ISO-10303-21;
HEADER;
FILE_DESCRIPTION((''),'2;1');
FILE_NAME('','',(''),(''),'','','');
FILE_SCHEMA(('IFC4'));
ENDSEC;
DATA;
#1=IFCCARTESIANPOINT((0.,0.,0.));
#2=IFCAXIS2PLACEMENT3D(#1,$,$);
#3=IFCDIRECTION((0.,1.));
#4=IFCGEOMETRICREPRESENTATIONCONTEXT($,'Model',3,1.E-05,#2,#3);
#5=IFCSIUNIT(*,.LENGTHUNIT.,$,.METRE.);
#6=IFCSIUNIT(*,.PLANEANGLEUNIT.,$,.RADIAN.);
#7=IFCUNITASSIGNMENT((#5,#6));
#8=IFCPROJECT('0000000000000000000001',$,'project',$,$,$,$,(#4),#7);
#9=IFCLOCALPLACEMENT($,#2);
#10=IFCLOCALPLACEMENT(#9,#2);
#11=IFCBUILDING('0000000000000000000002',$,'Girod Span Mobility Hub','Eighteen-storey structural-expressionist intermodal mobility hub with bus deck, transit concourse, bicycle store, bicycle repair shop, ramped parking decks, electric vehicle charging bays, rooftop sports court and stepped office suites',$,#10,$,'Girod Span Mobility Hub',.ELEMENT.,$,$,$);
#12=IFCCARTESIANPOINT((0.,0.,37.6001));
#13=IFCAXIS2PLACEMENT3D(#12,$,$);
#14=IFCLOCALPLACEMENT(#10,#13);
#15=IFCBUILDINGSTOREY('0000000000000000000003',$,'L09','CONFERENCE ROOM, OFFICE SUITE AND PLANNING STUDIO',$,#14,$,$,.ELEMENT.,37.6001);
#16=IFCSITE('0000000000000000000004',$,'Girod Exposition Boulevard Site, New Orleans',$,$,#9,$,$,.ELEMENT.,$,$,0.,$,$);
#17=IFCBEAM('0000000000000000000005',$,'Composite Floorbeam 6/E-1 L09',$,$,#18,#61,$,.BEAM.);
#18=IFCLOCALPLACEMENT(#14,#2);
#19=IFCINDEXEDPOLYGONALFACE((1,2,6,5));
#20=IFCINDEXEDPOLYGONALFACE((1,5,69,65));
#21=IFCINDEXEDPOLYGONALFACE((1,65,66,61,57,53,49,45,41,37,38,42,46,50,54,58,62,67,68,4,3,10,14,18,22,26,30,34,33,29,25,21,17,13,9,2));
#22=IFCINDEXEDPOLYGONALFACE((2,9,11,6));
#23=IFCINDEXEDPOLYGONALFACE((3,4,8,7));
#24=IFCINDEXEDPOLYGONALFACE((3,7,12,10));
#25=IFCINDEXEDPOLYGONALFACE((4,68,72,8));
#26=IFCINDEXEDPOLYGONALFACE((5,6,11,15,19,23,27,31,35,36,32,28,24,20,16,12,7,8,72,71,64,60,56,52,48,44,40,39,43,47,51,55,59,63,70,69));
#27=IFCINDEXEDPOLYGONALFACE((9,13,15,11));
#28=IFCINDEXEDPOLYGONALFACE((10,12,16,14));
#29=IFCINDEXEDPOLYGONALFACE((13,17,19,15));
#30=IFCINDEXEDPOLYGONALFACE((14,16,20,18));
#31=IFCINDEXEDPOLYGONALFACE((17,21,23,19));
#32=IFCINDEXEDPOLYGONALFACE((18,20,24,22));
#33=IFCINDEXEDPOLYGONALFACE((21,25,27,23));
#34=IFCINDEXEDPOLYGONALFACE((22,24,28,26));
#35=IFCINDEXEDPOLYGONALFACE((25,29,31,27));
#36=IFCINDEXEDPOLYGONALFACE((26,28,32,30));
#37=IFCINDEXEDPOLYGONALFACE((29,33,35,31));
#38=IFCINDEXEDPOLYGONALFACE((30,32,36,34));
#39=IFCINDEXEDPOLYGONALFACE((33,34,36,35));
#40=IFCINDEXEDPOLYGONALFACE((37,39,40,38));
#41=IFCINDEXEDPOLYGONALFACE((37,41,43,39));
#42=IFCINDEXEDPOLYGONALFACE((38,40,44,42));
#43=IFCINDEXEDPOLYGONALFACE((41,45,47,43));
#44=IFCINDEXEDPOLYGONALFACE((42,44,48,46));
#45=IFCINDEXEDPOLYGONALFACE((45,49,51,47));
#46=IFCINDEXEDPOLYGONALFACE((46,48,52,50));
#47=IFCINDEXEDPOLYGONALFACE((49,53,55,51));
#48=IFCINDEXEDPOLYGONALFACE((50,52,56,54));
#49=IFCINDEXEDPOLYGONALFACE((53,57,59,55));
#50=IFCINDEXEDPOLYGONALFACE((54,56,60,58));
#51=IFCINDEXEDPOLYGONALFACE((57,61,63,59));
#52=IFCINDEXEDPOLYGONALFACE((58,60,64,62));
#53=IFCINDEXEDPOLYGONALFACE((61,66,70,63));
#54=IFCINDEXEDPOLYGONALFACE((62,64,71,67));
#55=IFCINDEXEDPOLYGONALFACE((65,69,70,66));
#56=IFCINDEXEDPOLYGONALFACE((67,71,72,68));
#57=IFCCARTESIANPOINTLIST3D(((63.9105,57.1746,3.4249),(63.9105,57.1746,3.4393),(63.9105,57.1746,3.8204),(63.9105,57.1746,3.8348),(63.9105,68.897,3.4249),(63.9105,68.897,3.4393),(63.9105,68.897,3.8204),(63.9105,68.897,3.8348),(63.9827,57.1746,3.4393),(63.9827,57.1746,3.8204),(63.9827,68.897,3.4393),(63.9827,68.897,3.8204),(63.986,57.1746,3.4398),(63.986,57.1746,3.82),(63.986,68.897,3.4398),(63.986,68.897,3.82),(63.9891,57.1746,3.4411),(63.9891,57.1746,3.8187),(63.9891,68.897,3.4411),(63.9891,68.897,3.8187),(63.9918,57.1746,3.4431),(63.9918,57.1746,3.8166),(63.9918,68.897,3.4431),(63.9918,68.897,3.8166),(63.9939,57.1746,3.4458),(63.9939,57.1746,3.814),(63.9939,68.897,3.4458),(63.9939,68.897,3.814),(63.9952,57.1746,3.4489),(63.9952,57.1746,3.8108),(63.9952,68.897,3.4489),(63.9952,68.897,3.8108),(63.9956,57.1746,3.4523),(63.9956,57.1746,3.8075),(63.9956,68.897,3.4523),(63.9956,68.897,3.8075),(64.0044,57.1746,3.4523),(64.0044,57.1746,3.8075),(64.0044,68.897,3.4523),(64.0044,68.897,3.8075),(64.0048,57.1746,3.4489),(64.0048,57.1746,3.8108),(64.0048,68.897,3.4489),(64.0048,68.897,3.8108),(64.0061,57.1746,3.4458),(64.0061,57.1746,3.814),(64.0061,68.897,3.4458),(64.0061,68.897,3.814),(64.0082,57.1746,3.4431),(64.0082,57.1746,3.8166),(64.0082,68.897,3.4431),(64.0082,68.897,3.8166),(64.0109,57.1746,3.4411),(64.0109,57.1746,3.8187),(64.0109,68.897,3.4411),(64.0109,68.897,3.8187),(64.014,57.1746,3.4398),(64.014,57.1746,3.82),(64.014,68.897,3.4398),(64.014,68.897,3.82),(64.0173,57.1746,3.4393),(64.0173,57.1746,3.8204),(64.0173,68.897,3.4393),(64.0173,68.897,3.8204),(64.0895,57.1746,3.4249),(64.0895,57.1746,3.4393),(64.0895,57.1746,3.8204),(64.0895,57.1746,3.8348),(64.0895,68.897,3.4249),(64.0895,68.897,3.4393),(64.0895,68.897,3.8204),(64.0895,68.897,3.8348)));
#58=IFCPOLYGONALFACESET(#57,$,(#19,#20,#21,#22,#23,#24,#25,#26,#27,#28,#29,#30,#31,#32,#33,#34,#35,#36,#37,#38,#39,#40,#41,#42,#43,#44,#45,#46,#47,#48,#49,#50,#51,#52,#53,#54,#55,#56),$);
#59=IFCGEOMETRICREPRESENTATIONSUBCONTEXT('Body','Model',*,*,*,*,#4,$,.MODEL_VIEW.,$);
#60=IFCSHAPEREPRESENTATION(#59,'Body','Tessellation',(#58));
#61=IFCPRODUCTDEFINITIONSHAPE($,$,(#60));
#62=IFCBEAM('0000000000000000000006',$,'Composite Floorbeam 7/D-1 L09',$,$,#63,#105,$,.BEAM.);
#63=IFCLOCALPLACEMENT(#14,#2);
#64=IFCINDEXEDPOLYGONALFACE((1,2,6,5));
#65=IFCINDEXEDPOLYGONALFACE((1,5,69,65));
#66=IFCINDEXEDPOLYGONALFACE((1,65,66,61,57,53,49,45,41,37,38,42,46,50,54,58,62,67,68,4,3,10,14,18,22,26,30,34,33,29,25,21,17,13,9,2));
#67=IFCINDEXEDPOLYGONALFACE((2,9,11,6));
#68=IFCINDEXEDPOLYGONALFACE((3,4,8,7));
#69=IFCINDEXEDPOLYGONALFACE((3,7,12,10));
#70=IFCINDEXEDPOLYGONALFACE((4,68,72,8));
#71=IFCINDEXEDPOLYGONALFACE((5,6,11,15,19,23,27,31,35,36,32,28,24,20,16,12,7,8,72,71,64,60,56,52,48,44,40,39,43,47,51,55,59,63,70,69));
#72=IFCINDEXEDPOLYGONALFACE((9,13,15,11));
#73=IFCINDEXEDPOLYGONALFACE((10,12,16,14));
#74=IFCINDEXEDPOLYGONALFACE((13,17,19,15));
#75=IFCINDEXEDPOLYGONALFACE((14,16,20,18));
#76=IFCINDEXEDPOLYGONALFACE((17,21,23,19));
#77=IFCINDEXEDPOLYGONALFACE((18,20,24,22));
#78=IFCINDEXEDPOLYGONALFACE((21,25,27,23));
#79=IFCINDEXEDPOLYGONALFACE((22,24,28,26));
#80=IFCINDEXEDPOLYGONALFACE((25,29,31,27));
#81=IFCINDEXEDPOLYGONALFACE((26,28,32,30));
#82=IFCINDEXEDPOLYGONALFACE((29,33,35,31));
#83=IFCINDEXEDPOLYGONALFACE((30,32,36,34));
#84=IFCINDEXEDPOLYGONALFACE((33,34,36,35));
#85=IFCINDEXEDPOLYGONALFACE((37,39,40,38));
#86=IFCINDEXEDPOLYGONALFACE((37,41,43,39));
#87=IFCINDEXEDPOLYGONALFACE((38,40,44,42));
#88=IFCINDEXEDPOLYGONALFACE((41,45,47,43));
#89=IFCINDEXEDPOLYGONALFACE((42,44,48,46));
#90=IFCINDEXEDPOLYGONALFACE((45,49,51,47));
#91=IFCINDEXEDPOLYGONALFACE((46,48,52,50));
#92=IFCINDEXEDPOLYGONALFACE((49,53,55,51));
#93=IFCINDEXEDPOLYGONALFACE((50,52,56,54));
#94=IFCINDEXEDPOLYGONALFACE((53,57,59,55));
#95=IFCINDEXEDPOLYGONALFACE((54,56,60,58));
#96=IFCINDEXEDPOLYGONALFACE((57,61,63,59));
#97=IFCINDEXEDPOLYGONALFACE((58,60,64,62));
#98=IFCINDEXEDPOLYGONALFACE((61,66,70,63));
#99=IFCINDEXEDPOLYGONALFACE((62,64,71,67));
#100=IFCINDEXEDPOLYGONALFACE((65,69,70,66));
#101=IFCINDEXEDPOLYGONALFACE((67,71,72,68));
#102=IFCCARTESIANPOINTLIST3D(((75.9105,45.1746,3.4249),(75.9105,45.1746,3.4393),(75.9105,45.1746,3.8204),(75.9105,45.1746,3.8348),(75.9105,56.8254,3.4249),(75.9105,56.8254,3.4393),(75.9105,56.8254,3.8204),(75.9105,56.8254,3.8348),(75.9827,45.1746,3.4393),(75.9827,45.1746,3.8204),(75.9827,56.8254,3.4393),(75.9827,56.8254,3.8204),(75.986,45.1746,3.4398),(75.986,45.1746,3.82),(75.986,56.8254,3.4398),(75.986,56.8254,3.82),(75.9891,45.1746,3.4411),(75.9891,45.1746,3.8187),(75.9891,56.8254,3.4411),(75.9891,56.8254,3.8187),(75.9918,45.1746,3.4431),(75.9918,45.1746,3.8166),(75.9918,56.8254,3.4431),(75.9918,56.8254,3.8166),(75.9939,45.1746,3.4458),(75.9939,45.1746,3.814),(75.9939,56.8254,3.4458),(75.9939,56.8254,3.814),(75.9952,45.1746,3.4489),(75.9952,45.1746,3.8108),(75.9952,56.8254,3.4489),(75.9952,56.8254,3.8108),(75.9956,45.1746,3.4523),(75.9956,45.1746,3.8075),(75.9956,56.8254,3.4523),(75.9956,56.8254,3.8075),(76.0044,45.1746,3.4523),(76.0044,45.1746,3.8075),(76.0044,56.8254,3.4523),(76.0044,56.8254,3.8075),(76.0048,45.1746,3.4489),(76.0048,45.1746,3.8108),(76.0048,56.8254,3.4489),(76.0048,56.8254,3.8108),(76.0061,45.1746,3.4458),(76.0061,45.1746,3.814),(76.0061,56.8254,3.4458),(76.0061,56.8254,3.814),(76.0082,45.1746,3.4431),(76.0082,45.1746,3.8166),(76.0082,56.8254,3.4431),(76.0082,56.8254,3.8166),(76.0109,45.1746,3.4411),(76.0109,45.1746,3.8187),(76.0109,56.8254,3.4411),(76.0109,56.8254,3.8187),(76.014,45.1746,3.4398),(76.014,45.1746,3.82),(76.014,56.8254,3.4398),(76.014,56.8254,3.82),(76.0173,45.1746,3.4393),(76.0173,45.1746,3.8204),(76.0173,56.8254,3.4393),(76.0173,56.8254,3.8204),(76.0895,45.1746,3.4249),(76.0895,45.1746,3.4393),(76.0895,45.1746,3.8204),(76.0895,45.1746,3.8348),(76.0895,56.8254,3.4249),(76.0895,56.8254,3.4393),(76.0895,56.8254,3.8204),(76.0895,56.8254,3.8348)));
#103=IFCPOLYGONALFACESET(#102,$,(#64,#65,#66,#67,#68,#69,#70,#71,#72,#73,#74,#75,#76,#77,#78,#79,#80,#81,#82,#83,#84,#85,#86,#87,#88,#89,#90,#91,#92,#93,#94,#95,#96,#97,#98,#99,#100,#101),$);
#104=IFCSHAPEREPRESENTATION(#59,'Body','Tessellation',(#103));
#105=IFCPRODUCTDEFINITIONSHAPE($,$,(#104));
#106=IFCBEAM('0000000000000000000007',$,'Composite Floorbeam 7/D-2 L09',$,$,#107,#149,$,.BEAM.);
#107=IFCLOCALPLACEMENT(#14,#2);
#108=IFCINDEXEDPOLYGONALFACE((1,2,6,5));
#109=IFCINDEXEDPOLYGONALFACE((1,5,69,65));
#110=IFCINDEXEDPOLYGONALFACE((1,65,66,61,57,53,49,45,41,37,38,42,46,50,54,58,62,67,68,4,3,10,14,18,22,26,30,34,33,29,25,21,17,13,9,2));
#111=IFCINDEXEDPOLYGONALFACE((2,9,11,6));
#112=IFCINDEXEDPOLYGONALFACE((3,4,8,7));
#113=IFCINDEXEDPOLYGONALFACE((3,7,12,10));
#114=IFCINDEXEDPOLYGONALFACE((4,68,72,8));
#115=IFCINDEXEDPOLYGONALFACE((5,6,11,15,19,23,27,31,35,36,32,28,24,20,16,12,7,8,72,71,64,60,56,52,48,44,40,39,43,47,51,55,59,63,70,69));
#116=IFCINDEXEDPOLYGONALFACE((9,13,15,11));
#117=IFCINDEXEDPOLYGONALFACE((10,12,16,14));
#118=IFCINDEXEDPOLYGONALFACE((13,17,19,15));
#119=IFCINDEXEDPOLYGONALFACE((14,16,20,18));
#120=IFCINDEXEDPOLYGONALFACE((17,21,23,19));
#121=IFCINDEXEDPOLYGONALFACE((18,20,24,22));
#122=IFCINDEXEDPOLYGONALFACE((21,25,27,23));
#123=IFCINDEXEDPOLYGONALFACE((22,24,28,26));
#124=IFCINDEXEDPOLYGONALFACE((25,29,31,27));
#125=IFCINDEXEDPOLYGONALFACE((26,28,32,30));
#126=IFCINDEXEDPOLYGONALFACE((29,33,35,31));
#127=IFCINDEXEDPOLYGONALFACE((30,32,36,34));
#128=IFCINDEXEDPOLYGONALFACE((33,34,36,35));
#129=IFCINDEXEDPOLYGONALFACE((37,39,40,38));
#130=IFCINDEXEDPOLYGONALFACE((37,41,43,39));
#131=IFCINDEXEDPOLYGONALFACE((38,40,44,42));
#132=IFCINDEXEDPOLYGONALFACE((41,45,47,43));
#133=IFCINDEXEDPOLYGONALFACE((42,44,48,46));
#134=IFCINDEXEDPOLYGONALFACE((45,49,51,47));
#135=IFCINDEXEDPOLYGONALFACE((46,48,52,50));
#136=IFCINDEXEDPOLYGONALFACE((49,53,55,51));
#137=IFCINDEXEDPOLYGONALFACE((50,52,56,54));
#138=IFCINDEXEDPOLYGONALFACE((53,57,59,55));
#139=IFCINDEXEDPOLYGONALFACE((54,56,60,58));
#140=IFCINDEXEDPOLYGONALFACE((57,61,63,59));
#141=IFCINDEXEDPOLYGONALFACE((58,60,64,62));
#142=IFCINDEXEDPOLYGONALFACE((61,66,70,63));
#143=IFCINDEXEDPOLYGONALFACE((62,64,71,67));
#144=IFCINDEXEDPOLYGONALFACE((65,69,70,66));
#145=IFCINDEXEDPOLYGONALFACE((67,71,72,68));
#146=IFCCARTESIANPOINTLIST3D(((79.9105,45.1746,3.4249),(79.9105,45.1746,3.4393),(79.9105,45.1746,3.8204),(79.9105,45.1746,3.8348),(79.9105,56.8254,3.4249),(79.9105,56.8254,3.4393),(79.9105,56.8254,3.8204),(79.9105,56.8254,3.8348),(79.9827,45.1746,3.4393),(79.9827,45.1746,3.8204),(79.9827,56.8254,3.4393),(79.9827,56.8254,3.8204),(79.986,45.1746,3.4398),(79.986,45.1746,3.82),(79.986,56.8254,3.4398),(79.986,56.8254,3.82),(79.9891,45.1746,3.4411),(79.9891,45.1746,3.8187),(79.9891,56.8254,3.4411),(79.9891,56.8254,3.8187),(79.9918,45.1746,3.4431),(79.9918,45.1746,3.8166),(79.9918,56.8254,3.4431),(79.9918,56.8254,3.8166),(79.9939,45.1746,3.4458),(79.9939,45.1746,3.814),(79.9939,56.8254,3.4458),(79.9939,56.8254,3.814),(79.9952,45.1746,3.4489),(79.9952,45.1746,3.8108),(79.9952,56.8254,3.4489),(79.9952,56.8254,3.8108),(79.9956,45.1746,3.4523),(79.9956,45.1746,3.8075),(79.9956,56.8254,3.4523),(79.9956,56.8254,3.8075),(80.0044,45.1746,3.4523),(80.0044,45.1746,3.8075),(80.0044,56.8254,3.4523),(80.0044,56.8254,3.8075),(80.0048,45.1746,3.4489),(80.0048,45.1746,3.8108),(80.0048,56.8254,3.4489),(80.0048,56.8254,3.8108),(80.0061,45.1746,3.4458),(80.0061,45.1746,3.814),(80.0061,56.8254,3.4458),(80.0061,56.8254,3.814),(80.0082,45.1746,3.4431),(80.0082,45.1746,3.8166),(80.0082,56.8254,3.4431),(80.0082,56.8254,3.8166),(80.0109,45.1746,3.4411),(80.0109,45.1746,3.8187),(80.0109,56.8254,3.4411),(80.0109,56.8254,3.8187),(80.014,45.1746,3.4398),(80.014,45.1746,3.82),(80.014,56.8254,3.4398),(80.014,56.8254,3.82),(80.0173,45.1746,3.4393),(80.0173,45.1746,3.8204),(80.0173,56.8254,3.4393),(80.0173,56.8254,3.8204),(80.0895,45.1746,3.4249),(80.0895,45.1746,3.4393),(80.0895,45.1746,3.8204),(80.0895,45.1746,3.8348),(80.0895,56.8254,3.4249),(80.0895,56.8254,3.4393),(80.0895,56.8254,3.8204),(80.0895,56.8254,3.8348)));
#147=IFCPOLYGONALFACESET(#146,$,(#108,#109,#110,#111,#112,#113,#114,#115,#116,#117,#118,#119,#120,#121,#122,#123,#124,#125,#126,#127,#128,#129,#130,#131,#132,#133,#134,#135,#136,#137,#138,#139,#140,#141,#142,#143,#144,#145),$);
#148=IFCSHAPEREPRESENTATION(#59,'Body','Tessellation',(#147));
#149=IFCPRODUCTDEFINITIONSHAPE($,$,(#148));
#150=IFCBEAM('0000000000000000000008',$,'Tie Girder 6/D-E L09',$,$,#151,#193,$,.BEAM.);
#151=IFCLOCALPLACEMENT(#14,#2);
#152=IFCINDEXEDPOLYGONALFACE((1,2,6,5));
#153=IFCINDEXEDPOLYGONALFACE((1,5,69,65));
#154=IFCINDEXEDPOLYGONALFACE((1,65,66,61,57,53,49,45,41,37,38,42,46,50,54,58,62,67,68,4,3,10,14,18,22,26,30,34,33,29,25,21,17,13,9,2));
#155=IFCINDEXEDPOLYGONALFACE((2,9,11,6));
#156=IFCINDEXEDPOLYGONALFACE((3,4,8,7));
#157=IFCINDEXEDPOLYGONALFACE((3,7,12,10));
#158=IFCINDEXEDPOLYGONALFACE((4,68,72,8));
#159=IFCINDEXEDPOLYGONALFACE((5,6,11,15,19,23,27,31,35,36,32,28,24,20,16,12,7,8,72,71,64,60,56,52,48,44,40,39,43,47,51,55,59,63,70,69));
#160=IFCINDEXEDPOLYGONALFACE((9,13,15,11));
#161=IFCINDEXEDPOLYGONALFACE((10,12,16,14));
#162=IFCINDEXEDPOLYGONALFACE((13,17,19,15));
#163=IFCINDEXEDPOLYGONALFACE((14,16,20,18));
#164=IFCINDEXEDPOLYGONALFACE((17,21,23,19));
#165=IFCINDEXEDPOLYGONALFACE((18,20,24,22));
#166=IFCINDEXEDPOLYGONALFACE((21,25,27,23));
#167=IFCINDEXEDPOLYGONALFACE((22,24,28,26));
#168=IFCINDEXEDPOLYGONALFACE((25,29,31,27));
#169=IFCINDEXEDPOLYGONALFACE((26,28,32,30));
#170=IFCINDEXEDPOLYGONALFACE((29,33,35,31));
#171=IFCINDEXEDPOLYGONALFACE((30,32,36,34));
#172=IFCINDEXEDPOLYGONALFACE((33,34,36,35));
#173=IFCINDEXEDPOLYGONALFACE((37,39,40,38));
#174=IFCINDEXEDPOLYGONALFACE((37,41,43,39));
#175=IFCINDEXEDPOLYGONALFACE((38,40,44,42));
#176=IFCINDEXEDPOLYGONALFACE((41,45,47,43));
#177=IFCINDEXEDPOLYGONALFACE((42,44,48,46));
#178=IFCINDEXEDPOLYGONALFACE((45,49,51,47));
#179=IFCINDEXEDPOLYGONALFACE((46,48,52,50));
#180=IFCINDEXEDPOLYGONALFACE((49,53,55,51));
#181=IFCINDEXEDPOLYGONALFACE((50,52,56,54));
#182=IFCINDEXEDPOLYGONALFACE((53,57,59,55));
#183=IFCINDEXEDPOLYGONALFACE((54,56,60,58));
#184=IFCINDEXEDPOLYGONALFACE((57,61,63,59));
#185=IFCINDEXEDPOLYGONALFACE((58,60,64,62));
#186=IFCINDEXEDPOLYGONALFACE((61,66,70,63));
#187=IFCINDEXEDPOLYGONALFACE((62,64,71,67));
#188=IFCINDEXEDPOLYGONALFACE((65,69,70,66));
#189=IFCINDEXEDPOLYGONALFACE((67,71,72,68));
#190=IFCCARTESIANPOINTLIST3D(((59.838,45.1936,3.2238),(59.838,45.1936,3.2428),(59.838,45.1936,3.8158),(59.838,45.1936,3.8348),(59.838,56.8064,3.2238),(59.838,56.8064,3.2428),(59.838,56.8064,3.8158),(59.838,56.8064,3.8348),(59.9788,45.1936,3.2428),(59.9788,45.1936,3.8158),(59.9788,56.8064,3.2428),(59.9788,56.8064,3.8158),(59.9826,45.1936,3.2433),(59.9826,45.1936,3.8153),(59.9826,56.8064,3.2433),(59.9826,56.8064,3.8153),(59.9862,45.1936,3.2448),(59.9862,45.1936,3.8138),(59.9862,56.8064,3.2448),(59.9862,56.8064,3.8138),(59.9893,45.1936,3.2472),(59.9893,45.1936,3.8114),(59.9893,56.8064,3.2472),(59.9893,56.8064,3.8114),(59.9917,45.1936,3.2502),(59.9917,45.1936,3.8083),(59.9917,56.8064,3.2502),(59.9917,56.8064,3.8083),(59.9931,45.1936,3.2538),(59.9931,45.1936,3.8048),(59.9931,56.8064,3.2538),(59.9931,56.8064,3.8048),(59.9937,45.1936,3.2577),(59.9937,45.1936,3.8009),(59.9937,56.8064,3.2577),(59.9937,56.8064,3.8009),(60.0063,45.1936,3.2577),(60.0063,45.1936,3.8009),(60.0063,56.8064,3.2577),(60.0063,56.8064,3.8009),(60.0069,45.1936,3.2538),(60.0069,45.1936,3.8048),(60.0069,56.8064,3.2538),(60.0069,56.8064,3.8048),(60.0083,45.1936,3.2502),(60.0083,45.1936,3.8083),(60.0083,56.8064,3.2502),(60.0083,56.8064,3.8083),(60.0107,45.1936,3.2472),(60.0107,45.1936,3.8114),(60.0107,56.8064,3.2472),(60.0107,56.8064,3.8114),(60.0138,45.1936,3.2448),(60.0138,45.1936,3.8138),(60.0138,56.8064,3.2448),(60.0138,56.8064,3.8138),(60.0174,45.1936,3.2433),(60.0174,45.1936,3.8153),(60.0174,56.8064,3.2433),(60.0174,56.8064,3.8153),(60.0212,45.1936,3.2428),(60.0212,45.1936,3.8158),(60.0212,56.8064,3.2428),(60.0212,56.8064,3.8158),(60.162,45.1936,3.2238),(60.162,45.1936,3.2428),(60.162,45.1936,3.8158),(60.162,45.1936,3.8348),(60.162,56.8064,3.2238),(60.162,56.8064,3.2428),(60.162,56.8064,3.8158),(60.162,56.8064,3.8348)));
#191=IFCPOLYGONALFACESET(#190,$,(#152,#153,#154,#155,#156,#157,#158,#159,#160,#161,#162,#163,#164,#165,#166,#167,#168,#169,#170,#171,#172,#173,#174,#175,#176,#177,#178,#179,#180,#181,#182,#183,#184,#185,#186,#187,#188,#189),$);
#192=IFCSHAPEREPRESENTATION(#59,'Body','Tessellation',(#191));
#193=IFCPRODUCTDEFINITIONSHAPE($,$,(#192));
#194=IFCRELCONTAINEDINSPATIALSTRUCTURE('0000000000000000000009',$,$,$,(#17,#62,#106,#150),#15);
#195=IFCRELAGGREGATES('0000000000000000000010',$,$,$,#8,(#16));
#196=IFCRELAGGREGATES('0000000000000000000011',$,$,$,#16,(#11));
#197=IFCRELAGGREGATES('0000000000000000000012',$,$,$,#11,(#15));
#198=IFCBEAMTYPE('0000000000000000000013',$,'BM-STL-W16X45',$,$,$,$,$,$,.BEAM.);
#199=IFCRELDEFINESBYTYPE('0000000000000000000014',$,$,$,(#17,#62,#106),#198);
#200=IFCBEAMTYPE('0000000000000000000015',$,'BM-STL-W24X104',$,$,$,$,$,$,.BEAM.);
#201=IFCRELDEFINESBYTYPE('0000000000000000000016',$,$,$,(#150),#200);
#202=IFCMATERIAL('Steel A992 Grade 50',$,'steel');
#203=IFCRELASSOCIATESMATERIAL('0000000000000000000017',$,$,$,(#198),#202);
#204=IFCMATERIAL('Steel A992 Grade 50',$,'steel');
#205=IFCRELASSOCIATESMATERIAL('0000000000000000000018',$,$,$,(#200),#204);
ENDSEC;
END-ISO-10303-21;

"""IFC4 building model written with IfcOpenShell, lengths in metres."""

from ifc_helpers import new_model, si_unit, direction, frame, origin, origin_2d, place, context, subcontext, project, spatial, i_section, extrude, material, material_profile, profile_set, type_object, element, save


model = new_model("IFC4")

# Units and contexts
model_context = context("Model", 3, precision=1e-05, world=origin(), true_north=direction((0.0, 1.0)))
body_context = subcontext(model_context, "Body", "Model", "MODEL_VIEW")
ifc_project = project(units=[si_unit("LENGTHUNIT", "METRE"), si_unit("PLANEANGLEUNIT", "RADIAN")], contexts=[model_context])

# Site, building, storey
site_placement = place(None, origin())
site = spatial("IfcSite", under=ifc_project, at=site_placement, Name="Girod Exposition Boulevard Site, New Orleans", CompositionType="ELEMENT", RefElevation=0.0)
building_placement = place(site_placement, origin())
building = spatial("IfcBuilding", under=site, at=building_placement, Name="Girod Span Mobility Hub", Description="Eighteen-storey structural-expressionist intermodal mobility hub with bus deck, transit concourse, bicycle store, bicycle repair shop, ramped parking decks, electric vehicle charging bays, rooftop sports court and stepped office suites", LongName="Girod Span Mobility Hub", CompositionType="ELEMENT")
storey_placement = place(building_placement, frame((0.0, 0.0, 37.6001)))
storey = spatial("IfcBuildingStorey", under=building, at=storey_placement, Name="L09", Description="CONFERENCE ROOM, OFFICE SUITE AND PLANNING STUDIO", CompositionType="ELEMENT", Elevation=37.6001)

# Beams
ifc_material_1 = material(Name="Steel A992 Grade 50", Category="steel")
ifc_material_profile_1 = material_profile(ifc_material_1, i_section(OverallWidth=0.179, OverallDepth=0.4099, WebThickness=0.0088, FlangeThickness=0.0144, FilletRadius=0.0129, at=origin_2d()), Name="W16X45")
ifc_profile_set_1 = profile_set([ifc_material_profile_1], Name="Steel A992 Grade 50")
beam_type_1 = type_object("IfcBeamType", Name="BM-STL-W16X45", PredefinedType="BEAM", material=ifc_profile_set_1)
beam_placement = place(storey_placement, frame((64.0, 57.1746, 3.6299), z_axis=(0.0, 1.0, 0.0), x_axis=(-1.0, 0.0, 0.0)))
element("IfcBeam", 1, at=beam_placement, inside=storey, type_object=beam_type_1, Name="Composite Floorbeam 6/E-1 L09", PredefinedType="BEAM", context=body_context, shape_type="SweptSolid", body=[
    extrude(i_section(OverallWidth=0.179, OverallDepth=0.4099, WebThickness=0.0088, FlangeThickness=0.0144, FilletRadius=0.0129, at=origin_2d()), origin(), (0.0, 0.0, 1.0), 11.7224),
])
for number, where, z_axis, x_axis, name in (
    (2, (76.0, 45.1746, 3.6299), (0.0, 1.0, 0.0), (-1.0, 0.0, 0.0), "Composite Floorbeam 7/D-1 L09"),
    (3, (80.0, 45.1746, 3.6299), (0.0, 1.0, 0.0), (-1.0, 0.0, 0.0), "Composite Floorbeam 7/D-2 L09"),
):
    element("IfcBeam", number, at=place(storey_placement, frame(where, z_axis=z_axis, x_axis=x_axis)), inside=storey, type_object=beam_type_1, Name=name, PredefinedType="BEAM", context=body_context, shape_type="SweptSolid", body=[
        extrude(i_section(OverallWidth=0.179, OverallDepth=0.4099, WebThickness=0.0088, FlangeThickness=0.0144, FilletRadius=0.0129, at=origin_2d()), origin(), (0.0, 0.0, 1.0), 11.6509),
    ])
ifc_material_2 = material(Name="Steel A992 Grade 50", Category="steel")
ifc_material_profile_2 = material_profile(ifc_material_2, i_section(OverallWidth=0.324, OverallDepth=0.6111, WebThickness=0.0127, FlangeThickness=0.019, FilletRadius=0.0149, at=origin_2d()), Name="W24X104")
ifc_profile_set_2 = profile_set([ifc_material_profile_2], Name="Steel A992 Grade 50")
beam_type_2 = type_object("IfcBeamType", Name="BM-STL-W24X104", PredefinedType="BEAM", material=ifc_profile_set_2)
for number, where, z_axis, x_axis, name in (
    (4, (60.0, 45.1936, 3.5293), (0.0, 1.0, 0.0), (-1.0, 0.0, 0.0), "Tie Girder 6/D-E L09"),
):
    element("IfcBeam", number, at=place(storey_placement, frame(where, z_axis=z_axis, x_axis=x_axis)), inside=storey, type_object=beam_type_2, Name=name, PredefinedType="BEAM", context=body_context, shape_type="SweptSolid", body=[
        extrude(i_section(OverallWidth=0.324, OverallDepth=0.6111, WebThickness=0.0127, FlangeThickness=0.019, FilletRadius=0.0149, at=origin_2d()), origin(), (0.0, 0.0, 1.0), 11.6128),
    ])

save(model, "model.ifc")
